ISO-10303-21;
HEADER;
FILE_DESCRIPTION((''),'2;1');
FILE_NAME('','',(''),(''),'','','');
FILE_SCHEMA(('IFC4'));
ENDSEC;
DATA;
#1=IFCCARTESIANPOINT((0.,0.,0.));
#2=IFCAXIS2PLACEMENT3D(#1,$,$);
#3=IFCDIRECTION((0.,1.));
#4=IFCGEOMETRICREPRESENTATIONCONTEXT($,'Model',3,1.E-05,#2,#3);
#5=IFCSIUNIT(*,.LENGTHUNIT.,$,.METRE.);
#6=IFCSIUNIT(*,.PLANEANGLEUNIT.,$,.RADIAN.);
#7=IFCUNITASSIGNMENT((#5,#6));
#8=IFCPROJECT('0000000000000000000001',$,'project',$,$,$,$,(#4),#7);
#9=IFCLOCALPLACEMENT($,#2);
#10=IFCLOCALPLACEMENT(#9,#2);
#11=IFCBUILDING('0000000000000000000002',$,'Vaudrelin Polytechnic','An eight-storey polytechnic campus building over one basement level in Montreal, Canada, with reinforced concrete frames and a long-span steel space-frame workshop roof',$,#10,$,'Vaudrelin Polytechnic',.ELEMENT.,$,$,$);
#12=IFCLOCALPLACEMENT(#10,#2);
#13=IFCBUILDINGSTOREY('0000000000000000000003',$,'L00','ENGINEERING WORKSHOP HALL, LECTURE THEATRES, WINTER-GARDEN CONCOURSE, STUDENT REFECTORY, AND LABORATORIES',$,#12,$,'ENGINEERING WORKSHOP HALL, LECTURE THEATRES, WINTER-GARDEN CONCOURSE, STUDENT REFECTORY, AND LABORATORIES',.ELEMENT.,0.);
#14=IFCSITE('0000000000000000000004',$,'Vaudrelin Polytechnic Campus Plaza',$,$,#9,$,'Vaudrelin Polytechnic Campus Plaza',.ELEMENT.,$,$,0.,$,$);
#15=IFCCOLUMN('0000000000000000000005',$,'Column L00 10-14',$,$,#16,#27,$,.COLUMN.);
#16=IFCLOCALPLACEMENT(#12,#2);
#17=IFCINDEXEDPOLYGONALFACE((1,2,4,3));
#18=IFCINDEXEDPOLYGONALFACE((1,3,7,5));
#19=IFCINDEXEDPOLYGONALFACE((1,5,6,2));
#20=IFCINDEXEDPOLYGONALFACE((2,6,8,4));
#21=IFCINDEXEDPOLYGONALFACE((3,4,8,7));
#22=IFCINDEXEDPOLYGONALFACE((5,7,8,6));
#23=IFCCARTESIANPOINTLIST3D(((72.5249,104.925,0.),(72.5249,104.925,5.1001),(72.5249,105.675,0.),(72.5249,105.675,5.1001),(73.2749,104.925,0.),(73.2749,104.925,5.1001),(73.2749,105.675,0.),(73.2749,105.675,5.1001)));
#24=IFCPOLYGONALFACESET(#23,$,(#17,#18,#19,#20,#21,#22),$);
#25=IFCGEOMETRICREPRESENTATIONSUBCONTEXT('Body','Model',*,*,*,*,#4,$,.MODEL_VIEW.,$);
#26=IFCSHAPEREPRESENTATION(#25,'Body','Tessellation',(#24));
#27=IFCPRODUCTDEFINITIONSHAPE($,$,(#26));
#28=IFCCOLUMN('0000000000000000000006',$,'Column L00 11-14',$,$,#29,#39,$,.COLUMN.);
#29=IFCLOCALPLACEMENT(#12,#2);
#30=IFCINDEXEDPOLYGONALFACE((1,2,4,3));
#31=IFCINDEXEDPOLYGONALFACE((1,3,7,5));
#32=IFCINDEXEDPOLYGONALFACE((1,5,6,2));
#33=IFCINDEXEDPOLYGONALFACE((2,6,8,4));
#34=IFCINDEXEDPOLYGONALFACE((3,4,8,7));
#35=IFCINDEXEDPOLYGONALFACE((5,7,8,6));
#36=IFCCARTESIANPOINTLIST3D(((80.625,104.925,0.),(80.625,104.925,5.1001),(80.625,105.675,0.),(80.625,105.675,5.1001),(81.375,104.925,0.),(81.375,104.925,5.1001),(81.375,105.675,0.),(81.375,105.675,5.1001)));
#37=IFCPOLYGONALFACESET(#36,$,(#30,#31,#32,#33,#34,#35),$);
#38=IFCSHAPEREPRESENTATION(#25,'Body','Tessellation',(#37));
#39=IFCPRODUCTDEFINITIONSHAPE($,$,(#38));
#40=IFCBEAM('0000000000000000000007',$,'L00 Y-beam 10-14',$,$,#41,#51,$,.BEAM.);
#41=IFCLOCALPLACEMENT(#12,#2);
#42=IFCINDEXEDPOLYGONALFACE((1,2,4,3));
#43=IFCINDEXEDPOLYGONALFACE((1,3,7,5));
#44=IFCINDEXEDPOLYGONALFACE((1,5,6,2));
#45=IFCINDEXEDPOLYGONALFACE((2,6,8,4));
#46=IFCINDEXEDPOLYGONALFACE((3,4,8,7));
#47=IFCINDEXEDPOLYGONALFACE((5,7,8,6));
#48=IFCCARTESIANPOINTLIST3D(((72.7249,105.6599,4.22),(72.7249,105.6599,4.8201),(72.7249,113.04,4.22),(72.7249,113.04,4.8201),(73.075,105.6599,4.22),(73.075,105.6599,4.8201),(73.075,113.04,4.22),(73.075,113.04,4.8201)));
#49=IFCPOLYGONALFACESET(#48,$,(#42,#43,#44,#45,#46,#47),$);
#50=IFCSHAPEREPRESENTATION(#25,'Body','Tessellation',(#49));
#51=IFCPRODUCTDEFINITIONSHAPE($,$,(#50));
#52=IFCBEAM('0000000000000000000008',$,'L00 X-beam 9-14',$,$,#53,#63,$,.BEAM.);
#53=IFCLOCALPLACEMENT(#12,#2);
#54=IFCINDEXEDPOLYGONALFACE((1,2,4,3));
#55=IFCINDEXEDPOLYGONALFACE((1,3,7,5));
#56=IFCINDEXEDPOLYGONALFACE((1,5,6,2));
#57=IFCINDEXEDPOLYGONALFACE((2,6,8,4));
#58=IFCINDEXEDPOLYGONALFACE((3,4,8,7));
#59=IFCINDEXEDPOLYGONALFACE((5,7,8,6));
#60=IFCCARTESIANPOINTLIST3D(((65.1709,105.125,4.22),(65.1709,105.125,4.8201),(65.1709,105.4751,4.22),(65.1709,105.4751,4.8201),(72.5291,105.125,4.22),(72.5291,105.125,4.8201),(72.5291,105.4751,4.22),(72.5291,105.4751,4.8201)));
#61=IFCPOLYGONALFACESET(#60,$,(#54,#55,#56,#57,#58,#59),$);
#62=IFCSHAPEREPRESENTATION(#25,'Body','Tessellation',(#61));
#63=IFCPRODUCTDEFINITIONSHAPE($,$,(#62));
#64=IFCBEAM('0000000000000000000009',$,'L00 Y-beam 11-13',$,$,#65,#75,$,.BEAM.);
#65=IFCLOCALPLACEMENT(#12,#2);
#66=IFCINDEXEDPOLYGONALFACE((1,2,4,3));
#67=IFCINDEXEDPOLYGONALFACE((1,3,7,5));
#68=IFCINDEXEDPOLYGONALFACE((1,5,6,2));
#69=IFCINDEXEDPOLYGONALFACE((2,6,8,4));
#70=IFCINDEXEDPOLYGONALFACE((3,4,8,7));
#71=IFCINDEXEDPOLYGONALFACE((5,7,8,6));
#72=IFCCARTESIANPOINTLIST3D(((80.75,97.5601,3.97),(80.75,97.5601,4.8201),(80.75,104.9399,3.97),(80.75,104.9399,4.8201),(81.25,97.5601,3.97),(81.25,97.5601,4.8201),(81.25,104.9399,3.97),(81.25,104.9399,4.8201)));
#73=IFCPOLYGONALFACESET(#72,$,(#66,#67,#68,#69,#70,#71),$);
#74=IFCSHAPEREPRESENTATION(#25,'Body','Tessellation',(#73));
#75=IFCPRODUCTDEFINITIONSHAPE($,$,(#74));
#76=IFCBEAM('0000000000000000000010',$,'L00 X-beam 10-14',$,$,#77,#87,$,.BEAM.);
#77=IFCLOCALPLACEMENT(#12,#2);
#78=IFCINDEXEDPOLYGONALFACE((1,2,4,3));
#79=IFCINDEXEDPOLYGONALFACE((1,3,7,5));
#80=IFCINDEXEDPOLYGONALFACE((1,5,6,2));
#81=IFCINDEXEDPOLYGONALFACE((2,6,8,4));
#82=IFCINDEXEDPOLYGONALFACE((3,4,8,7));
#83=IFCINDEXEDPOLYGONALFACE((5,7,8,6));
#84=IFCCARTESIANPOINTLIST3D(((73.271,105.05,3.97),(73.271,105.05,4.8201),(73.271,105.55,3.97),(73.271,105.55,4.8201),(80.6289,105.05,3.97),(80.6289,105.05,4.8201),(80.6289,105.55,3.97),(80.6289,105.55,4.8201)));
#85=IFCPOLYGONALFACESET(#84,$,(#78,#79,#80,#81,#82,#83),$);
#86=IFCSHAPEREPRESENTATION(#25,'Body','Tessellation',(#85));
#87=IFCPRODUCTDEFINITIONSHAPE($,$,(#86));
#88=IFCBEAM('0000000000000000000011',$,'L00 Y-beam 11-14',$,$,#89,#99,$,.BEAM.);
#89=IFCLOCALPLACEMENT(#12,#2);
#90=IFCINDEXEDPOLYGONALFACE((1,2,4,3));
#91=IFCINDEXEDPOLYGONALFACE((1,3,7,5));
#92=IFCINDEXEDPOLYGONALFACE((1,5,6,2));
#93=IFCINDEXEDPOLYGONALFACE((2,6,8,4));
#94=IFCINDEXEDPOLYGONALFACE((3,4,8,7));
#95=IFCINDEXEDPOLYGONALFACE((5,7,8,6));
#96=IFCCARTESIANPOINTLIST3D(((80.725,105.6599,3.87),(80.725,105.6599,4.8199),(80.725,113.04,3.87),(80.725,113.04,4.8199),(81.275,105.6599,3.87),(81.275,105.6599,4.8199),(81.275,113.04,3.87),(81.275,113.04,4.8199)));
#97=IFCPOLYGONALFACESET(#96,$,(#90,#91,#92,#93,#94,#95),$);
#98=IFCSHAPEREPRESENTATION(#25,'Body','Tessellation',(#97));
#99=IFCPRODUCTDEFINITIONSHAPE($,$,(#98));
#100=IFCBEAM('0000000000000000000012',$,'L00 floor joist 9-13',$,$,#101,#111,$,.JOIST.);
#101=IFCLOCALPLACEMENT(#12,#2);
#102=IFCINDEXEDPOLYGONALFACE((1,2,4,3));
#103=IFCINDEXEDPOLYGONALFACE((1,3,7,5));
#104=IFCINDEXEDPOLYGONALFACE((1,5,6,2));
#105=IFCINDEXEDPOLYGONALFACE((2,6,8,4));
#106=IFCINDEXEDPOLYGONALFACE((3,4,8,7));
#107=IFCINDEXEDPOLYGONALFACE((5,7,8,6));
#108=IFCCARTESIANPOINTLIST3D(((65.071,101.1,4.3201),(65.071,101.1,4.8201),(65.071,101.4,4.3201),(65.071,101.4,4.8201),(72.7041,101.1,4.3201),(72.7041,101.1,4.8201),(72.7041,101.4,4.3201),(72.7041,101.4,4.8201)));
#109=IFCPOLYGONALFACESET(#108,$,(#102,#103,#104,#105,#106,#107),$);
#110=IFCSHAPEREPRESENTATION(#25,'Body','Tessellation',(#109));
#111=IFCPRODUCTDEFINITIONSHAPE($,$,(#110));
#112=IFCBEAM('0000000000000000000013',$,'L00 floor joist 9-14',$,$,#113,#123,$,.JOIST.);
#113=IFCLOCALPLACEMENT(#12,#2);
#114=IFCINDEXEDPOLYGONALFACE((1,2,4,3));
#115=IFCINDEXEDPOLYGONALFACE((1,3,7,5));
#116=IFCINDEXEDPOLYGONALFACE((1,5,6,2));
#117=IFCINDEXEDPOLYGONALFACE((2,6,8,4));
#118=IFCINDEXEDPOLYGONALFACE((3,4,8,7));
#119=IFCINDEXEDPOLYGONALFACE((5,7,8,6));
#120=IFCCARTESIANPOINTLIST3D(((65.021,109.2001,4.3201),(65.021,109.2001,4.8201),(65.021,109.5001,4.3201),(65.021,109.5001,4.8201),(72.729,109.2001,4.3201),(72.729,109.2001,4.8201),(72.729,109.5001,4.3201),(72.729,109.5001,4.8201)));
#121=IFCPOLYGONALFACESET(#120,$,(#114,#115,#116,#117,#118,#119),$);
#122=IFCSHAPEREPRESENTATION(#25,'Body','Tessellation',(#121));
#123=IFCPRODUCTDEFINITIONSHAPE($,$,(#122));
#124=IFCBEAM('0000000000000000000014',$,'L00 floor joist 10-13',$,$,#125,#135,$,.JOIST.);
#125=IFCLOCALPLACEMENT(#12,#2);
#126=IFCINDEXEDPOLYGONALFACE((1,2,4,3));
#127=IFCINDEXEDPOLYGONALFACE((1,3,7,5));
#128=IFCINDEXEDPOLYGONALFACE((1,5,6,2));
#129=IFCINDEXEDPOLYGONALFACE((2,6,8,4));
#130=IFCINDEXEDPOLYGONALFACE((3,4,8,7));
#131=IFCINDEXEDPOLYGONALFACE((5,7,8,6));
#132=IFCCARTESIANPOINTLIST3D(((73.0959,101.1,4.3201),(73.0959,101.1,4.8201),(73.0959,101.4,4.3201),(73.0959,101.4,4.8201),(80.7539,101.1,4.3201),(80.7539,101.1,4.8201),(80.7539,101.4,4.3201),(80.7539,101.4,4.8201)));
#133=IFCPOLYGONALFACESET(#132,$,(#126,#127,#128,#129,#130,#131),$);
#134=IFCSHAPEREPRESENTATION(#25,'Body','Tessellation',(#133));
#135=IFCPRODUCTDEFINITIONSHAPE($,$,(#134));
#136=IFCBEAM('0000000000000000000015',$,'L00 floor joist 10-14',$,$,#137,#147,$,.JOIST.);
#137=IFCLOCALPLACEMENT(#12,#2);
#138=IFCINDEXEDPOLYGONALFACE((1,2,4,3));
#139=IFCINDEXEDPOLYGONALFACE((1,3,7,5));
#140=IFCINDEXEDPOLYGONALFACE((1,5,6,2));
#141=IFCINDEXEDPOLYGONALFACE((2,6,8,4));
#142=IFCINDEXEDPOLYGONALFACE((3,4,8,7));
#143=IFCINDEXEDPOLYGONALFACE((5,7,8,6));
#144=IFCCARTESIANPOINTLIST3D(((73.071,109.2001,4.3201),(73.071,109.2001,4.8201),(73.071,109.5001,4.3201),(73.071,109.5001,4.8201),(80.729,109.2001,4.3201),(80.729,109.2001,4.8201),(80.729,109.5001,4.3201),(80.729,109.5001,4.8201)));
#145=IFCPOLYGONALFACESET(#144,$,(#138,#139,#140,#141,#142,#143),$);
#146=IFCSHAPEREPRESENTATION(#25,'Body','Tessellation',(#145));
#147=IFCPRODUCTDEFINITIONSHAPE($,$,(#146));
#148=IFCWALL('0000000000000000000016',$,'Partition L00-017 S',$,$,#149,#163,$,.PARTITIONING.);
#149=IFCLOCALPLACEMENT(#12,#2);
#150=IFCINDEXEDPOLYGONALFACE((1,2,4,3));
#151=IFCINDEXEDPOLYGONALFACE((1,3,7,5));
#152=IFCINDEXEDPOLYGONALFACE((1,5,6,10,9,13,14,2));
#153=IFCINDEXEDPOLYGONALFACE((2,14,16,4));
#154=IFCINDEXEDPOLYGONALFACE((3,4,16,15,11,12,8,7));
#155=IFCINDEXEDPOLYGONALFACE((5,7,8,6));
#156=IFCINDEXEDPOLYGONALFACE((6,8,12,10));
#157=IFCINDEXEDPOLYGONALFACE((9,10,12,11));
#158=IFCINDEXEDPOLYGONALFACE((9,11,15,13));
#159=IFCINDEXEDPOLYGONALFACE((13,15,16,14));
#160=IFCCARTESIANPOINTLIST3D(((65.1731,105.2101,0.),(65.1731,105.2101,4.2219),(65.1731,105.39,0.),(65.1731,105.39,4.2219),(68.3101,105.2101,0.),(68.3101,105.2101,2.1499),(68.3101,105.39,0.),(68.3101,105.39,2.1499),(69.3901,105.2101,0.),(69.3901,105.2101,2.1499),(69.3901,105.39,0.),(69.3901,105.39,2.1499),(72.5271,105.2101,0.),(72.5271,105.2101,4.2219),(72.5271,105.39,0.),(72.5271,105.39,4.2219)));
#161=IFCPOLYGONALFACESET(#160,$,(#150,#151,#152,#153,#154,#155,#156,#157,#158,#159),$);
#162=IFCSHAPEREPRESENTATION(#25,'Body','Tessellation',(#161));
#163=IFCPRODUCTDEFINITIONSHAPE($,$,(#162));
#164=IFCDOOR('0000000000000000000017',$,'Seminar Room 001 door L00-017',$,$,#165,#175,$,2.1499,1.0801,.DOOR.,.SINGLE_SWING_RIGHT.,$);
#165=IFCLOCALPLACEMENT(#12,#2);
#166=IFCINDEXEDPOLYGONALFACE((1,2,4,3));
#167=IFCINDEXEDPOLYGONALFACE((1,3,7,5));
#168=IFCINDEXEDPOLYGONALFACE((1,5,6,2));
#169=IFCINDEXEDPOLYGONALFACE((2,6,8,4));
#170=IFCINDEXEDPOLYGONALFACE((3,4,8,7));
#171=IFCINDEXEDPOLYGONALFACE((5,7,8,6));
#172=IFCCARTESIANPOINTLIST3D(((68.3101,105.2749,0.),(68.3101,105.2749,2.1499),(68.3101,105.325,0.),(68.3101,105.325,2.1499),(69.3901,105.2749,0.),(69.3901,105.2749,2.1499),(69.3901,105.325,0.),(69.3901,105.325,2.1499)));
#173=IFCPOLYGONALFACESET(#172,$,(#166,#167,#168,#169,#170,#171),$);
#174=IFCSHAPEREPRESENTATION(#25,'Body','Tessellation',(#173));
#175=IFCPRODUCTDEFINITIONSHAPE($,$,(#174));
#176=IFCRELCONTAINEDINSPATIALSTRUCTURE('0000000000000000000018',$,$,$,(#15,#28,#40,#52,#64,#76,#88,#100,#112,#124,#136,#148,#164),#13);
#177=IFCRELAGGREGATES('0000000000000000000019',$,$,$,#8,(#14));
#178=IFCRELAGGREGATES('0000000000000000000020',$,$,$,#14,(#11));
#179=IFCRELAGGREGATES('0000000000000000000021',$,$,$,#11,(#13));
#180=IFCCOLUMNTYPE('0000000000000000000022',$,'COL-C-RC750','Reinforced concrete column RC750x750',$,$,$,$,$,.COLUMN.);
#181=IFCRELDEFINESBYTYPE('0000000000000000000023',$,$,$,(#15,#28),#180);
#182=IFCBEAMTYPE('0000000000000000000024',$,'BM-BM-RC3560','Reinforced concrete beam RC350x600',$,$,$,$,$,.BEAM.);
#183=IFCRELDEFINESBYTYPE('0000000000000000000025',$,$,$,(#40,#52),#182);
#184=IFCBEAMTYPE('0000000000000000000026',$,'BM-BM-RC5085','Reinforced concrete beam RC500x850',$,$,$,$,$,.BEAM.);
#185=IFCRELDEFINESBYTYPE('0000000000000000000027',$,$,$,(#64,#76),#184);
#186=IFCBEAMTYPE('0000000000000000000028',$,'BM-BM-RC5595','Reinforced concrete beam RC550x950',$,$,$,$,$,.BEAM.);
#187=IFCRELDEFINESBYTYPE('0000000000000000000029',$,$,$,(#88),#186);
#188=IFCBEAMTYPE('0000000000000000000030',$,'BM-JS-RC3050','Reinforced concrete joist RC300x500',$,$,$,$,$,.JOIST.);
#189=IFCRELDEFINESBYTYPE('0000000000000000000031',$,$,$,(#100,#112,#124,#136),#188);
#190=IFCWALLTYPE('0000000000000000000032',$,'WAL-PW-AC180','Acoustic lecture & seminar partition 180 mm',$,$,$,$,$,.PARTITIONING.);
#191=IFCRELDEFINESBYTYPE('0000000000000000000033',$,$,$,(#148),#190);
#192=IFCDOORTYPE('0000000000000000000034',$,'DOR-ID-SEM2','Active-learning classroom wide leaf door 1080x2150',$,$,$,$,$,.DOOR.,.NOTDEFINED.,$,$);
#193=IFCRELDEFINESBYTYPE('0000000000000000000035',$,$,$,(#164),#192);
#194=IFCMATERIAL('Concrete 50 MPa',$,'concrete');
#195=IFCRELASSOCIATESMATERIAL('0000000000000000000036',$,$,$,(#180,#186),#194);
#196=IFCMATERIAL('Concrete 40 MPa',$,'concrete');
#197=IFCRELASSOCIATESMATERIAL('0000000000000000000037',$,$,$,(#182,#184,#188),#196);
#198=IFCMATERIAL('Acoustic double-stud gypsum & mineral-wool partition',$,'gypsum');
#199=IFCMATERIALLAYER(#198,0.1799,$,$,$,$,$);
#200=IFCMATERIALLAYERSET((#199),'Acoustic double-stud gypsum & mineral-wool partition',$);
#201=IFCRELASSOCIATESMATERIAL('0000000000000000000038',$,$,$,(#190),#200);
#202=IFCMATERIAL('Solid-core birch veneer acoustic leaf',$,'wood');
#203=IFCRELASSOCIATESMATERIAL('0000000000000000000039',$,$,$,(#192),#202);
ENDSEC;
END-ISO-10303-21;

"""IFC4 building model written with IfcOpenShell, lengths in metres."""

from ifc_helpers import new_model, si_unit, direction, frame, frame_2d, origin, origin_2d, place, context, subcontext, project, spatial, rectangle, extrude, material, layer, layer_set, material_profile, profile_set, type_object, element, fill, save


model = new_model("IFC4")

# Units and contexts
model_context = context("Model", 3, precision=1e-05, world=origin(), true_north=direction((0.0, 1.0)))
body_context = subcontext(model_context, "Body", "Model", "MODEL_VIEW")
ifc_project = project(units=[si_unit("LENGTHUNIT", "METRE"), si_unit("PLANEANGLEUNIT", "RADIAN")], contexts=[model_context])

# Site, building, storey
site_placement = place(None, origin())
site = spatial("IfcSite", under=ifc_project, at=site_placement, Name="Vaudrelin Polytechnic Campus Plaza", LongName="Vaudrelin Polytechnic Campus Plaza", CompositionType="ELEMENT", RefElevation=0.0)
building_placement = place(site_placement, origin())
building = spatial("IfcBuilding", under=site, at=building_placement, Name="Vaudrelin Polytechnic", Description="An eight-storey polytechnic campus building over one basement level in Montreal, Canada, with reinforced concrete frames and a long-span steel space-frame workshop roof", LongName="Vaudrelin Polytechnic", CompositionType="ELEMENT")
storey_placement = place(building_placement, origin())
storey = spatial("IfcBuildingStorey", under=building, at=storey_placement, Name="L00", Description="ENGINEERING WORKSHOP HALL, LECTURE THEATRES, WINTER-GARDEN CONCOURSE, STUDENT REFECTORY, AND LABORATORIES", LongName="ENGINEERING WORKSHOP HALL, LECTURE THEATRES, WINTER-GARDEN CONCOURSE, STUDENT REFECTORY, AND LABORATORIES", CompositionType="ELEMENT", Elevation=0.0)

# Columns
ifc_material_1 = material(Name="Concrete 50 MPa", Category="concrete")
ifc_material_profile_1 = material_profile(ifc_material_1, rectangle(XDim=0.75, YDim=0.75, at=origin_2d()), Name="RC750x750")
ifc_profile_set_1 = profile_set([ifc_material_profile_1], Name="Concrete 50 MPa")
column_type = type_object("IfcColumnType", Name="COL-C-RC750", Description="Reinforced concrete column RC750x750", PredefinedType="COLUMN", material=ifc_profile_set_1)
for number, where, z_axis, x_axis, name in (
    (1, (72.8999, 105.3, 0.0), (0.0, 0.0, 1.0), (1.0, 0.0, 0.0), "Column L00 10-14"),
    (2, (81.0, 105.3, 0.0), (0.0, 0.0, 1.0), (1.0, 0.0, 0.0), "Column L00 11-14"),
):
    element("IfcColumn", number, at=place(storey_placement, frame(where, z_axis=z_axis, x_axis=x_axis)), inside=storey, type_object=column_type, Name=name, PredefinedType="COLUMN", context=body_context, shape_type="SweptSolid", body=[
        extrude(rectangle(XDim=0.75, YDim=0.75, at=origin_2d()), origin(), (0.0, 0.0, 1.0), 5.1001),
    ])

# Beams
ifc_material_2 = material(Name="Concrete 40 MPa", Category="concrete")
ifc_material_profile_2 = material_profile(ifc_material_2, rectangle(XDim=0.3501, YDim=0.6001, at=origin_2d()), Name="RC350x600")
ifc_profile_set_2 = profile_set([ifc_material_profile_2], Name="Concrete 40 MPa")
beam_type_1 = type_object("IfcBeamType", Name="BM-BM-RC3560", Description="Reinforced concrete beam RC350x600", PredefinedType="BEAM", material=ifc_profile_set_2)
beam_1_placement = place(storey_placement, frame((72.8999, 105.6599, 4.52), z_axis=(0.0, 1.0, 0.0), x_axis=(-1.0, 0.0, 0.0)))
element("IfcBeam", 3, at=beam_1_placement, inside=storey, type_object=beam_type_1, Name="L00 Y-beam 10-14", PredefinedType="BEAM", context=body_context, shape_type="SweptSolid", body=[
    extrude(rectangle(XDim=0.3501, YDim=0.6001, at=origin_2d()), origin(), (0.0, 0.0, 1.0), 7.3801),
])
beam_2_placement = place(storey_placement, frame((65.1709, 105.3, 4.52), z_axis=(1.0, 0.0, 0.0), x_axis=(0.0, 1.0, 0.0)))
element("IfcBeam", 4, at=beam_2_placement, inside=storey, type_object=beam_type_1, Name="L00 X-beam 9-14", PredefinedType="BEAM", context=body_context, shape_type="SweptSolid", body=[
    extrude(rectangle(XDim=0.3501, YDim=0.6001, at=origin_2d()), origin(), (0.0, 0.0, 1.0), 7.3582),
])
ifc_material_profile_3 = material_profile(ifc_material_2, rectangle(XDim=0.5, YDim=0.8501, at=origin_2d()), Name="RC500x850")
ifc_profile_set_3 = profile_set([ifc_material_profile_3], Name="Concrete 40 MPa")
beam_type_2 = type_object("IfcBeamType", Name="BM-BM-RC5085", Description="Reinforced concrete beam RC500x850", PredefinedType="BEAM", material=ifc_profile_set_3)
beam_3_placement = place(storey_placement, frame((81.0, 97.5601, 4.395), z_axis=(0.0, 1.0, 0.0), x_axis=(-1.0, 0.0, 0.0)))
element("IfcBeam", 5, at=beam_3_placement, inside=storey, type_object=beam_type_2, Name="L00 Y-beam 11-13", PredefinedType="BEAM", context=body_context, shape_type="SweptSolid", body=[
    extrude(rectangle(XDim=0.5, YDim=0.8501, at=origin_2d()), origin(), (0.0, 0.0, 1.0), 7.3799),
])
beam_4_placement = place(storey_placement, frame((73.271, 105.3, 4.395), z_axis=(1.0, 0.0, 0.0), x_axis=(0.0, 1.0, 0.0)))
element("IfcBeam", 6, at=beam_4_placement, inside=storey, type_object=beam_type_2, Name="L00 X-beam 10-14", PredefinedType="BEAM", context=body_context, shape_type="SweptSolid", body=[
    extrude(rectangle(XDim=0.5, YDim=0.8501, at=origin_2d()), origin(), (0.0, 0.0, 1.0), 7.3579),
])
ifc_material_profile_4 = material_profile(ifc_material_1, rectangle(XDim=0.55, YDim=0.95, at=origin_2d()), Name="RC550x950")
ifc_profile_set_4 = profile_set([ifc_material_profile_4], Name="Concrete 50 MPa")
beam_type_3 = type_object("IfcBeamType", Name="BM-BM-RC5595", Description="Reinforced concrete beam RC550x950", PredefinedType="BEAM", material=ifc_profile_set_4)
beam_5_placement = place(storey_placement, frame((81.0, 105.6599, 4.345), z_axis=(0.0, 1.0, 0.0), x_axis=(-1.0, 0.0, 0.0)))
element("IfcBeam", 7, at=beam_5_placement, inside=storey, type_object=beam_type_3, Name="L00 Y-beam 11-14", PredefinedType="BEAM", context=body_context, shape_type="SweptSolid", body=[
    extrude(rectangle(XDim=0.55, YDim=0.95, at=origin_2d()), origin(), (0.0, 0.0, 1.0), 7.3801),
])
ifc_material_profile_5 = material_profile(ifc_material_2, rectangle(XDim=0.3, YDim=0.5, at=origin_2d()), Name="RC300x500")
ifc_profile_set_5 = profile_set([ifc_material_profile_5], Name="Concrete 40 MPa")
beam_type_4 = type_object("IfcBeamType", Name="BM-JS-RC3050", Description="Reinforced concrete joist RC300x500", PredefinedType="JOIST", material=ifc_profile_set_5)
beam_6_placement = place(storey_placement, frame((65.071, 101.25, 4.5701), z_axis=(1.0, 0.0, 0.0), x_axis=(0.0, 1.0, 0.0)))
element("IfcBeam", 8, at=beam_6_placement, inside=storey, type_object=beam_type_4, Name="L00 floor joist 9-13", PredefinedType="JOIST", context=body_context, shape_type="SweptSolid", body=[
    extrude(rectangle(XDim=0.3, YDim=0.5, at=origin_2d()), origin(), (0.0, 0.0, 1.0), 7.6331),
])
beam_7_placement = place(storey_placement, frame((65.021, 109.3501, 4.5701), z_axis=(1.0, 0.0, 0.0), x_axis=(0.0, 1.0, 0.0)))
element("IfcBeam", 9, at=beam_7_placement, inside=storey, type_object=beam_type_4, Name="L00 floor joist 9-14", PredefinedType="JOIST", context=body_context, shape_type="SweptSolid", body=[
    extrude(rectangle(XDim=0.3, YDim=0.5, at=origin_2d()), origin(), (0.0, 0.0, 1.0), 7.708),
])
for number, where, z_axis, x_axis, name in (
    (10, (73.0959, 101.25, 4.5701), (1.0, 0.0, 0.0), (0.0, 1.0, 0.0), "L00 floor joist 10-13"),
    (11, (73.071, 109.3501, 4.5701), (1.0, 0.0, 0.0), (0.0, 1.0, 0.0), "L00 floor joist 10-14"),
):
    element("IfcBeam", number, at=place(storey_placement, frame(where, z_axis=z_axis, x_axis=x_axis)), inside=storey, type_object=beam_type_4, Name=name, PredefinedType="JOIST", context=body_context, shape_type="SweptSolid", body=[
        extrude(rectangle(XDim=0.3, YDim=0.5, at=origin_2d()), origin(), (0.0, 0.0, 1.0), 7.658),
    ])

# Wall, opening, door
ifc_material_3 = material(Name="Acoustic double-stud gypsum & mineral-wool partition", Category="gypsum")
ifc_layer_1 = layer(ifc_material_3, 0.1799)
ifc_layer_set_1 = layer_set([ifc_layer_1], Name="Acoustic double-stud gypsum & mineral-wool partition")
wall_type_1 = type_object("IfcWallType", Name="WAL-PW-AC180", Description="Acoustic lecture & seminar partition 180 mm", PredefinedType="PARTITIONING", material=ifc_layer_set_1)
wall_1_placement = place(storey_placement, frame((65.1731, 105.3, 0.0), z_axis=(0.0, 0.0, 1.0), x_axis=(1.0, 0.0, 0.0)))
wall_1 = element("IfcWall", 12, at=wall_1_placement, inside=storey, type_object=wall_type_1, Name="Partition L00-017 S", PredefinedType="PARTITIONING", context=body_context, shape_type="SweptSolid", body=[
    extrude(rectangle(XDim=7.354, YDim=0.1799, at=frame_2d((3.677, 0.0))), origin(), (0.0, 0.0, 1.0), 4.2219),
])
opening_1_placement = place(wall_1_placement, frame((3.137, 0.0, 0.0)))
opening_1 = element("IfcOpeningElement", 13, at=opening_1_placement, cuts=wall_1, PredefinedType="OPENING", context=body_context, shape_type="SweptSolid", body=[
    extrude(rectangle(XDim=1.0801, YDim=2.1499, at=frame_2d((0.54, 1.075))), frame((0.0, 0.1001, 0.0), z_axis=(0.0, -1.0, 0.0), x_axis=(1.0, 0.0, 0.0)), (0.0, 0.0, 1.0), 0.2),
])
ifc_material_4 = material(Name="Solid-core birch veneer acoustic leaf", Category="wood")
door_type_1 = type_object("IfcDoorType", Name="DOR-ID-SEM2", Description="Active-learning classroom wide leaf door 1080x2150", OperationType="NOTDEFINED", PredefinedType="DOOR", material=ifc_material_4)
door_1_placement = place(opening_1_placement, origin())
door_1 = element("IfcDoor", 14, at=door_1_placement, inside=storey, type_object=door_type_1, Name="Seminar Room 001 door L00-017", OperationType="SINGLE_SWING_RIGHT", OverallHeight=2.1499, OverallWidth=1.0801, PredefinedType="DOOR", context=body_context, shape_type="SweptSolid", body=[
    extrude(rectangle(XDim=1.0801, YDim=2.1499, at=frame_2d((0.54, 1.075))), frame((0.0, 0.0249, 0.0), z_axis=(0.0, -1.0, 0.0), x_axis=(1.0, 0.0, 0.0)), (0.0, 0.0, 1.0), 0.05),
])
fill(opening_1, door_1)

save(model, "model.ifc")
